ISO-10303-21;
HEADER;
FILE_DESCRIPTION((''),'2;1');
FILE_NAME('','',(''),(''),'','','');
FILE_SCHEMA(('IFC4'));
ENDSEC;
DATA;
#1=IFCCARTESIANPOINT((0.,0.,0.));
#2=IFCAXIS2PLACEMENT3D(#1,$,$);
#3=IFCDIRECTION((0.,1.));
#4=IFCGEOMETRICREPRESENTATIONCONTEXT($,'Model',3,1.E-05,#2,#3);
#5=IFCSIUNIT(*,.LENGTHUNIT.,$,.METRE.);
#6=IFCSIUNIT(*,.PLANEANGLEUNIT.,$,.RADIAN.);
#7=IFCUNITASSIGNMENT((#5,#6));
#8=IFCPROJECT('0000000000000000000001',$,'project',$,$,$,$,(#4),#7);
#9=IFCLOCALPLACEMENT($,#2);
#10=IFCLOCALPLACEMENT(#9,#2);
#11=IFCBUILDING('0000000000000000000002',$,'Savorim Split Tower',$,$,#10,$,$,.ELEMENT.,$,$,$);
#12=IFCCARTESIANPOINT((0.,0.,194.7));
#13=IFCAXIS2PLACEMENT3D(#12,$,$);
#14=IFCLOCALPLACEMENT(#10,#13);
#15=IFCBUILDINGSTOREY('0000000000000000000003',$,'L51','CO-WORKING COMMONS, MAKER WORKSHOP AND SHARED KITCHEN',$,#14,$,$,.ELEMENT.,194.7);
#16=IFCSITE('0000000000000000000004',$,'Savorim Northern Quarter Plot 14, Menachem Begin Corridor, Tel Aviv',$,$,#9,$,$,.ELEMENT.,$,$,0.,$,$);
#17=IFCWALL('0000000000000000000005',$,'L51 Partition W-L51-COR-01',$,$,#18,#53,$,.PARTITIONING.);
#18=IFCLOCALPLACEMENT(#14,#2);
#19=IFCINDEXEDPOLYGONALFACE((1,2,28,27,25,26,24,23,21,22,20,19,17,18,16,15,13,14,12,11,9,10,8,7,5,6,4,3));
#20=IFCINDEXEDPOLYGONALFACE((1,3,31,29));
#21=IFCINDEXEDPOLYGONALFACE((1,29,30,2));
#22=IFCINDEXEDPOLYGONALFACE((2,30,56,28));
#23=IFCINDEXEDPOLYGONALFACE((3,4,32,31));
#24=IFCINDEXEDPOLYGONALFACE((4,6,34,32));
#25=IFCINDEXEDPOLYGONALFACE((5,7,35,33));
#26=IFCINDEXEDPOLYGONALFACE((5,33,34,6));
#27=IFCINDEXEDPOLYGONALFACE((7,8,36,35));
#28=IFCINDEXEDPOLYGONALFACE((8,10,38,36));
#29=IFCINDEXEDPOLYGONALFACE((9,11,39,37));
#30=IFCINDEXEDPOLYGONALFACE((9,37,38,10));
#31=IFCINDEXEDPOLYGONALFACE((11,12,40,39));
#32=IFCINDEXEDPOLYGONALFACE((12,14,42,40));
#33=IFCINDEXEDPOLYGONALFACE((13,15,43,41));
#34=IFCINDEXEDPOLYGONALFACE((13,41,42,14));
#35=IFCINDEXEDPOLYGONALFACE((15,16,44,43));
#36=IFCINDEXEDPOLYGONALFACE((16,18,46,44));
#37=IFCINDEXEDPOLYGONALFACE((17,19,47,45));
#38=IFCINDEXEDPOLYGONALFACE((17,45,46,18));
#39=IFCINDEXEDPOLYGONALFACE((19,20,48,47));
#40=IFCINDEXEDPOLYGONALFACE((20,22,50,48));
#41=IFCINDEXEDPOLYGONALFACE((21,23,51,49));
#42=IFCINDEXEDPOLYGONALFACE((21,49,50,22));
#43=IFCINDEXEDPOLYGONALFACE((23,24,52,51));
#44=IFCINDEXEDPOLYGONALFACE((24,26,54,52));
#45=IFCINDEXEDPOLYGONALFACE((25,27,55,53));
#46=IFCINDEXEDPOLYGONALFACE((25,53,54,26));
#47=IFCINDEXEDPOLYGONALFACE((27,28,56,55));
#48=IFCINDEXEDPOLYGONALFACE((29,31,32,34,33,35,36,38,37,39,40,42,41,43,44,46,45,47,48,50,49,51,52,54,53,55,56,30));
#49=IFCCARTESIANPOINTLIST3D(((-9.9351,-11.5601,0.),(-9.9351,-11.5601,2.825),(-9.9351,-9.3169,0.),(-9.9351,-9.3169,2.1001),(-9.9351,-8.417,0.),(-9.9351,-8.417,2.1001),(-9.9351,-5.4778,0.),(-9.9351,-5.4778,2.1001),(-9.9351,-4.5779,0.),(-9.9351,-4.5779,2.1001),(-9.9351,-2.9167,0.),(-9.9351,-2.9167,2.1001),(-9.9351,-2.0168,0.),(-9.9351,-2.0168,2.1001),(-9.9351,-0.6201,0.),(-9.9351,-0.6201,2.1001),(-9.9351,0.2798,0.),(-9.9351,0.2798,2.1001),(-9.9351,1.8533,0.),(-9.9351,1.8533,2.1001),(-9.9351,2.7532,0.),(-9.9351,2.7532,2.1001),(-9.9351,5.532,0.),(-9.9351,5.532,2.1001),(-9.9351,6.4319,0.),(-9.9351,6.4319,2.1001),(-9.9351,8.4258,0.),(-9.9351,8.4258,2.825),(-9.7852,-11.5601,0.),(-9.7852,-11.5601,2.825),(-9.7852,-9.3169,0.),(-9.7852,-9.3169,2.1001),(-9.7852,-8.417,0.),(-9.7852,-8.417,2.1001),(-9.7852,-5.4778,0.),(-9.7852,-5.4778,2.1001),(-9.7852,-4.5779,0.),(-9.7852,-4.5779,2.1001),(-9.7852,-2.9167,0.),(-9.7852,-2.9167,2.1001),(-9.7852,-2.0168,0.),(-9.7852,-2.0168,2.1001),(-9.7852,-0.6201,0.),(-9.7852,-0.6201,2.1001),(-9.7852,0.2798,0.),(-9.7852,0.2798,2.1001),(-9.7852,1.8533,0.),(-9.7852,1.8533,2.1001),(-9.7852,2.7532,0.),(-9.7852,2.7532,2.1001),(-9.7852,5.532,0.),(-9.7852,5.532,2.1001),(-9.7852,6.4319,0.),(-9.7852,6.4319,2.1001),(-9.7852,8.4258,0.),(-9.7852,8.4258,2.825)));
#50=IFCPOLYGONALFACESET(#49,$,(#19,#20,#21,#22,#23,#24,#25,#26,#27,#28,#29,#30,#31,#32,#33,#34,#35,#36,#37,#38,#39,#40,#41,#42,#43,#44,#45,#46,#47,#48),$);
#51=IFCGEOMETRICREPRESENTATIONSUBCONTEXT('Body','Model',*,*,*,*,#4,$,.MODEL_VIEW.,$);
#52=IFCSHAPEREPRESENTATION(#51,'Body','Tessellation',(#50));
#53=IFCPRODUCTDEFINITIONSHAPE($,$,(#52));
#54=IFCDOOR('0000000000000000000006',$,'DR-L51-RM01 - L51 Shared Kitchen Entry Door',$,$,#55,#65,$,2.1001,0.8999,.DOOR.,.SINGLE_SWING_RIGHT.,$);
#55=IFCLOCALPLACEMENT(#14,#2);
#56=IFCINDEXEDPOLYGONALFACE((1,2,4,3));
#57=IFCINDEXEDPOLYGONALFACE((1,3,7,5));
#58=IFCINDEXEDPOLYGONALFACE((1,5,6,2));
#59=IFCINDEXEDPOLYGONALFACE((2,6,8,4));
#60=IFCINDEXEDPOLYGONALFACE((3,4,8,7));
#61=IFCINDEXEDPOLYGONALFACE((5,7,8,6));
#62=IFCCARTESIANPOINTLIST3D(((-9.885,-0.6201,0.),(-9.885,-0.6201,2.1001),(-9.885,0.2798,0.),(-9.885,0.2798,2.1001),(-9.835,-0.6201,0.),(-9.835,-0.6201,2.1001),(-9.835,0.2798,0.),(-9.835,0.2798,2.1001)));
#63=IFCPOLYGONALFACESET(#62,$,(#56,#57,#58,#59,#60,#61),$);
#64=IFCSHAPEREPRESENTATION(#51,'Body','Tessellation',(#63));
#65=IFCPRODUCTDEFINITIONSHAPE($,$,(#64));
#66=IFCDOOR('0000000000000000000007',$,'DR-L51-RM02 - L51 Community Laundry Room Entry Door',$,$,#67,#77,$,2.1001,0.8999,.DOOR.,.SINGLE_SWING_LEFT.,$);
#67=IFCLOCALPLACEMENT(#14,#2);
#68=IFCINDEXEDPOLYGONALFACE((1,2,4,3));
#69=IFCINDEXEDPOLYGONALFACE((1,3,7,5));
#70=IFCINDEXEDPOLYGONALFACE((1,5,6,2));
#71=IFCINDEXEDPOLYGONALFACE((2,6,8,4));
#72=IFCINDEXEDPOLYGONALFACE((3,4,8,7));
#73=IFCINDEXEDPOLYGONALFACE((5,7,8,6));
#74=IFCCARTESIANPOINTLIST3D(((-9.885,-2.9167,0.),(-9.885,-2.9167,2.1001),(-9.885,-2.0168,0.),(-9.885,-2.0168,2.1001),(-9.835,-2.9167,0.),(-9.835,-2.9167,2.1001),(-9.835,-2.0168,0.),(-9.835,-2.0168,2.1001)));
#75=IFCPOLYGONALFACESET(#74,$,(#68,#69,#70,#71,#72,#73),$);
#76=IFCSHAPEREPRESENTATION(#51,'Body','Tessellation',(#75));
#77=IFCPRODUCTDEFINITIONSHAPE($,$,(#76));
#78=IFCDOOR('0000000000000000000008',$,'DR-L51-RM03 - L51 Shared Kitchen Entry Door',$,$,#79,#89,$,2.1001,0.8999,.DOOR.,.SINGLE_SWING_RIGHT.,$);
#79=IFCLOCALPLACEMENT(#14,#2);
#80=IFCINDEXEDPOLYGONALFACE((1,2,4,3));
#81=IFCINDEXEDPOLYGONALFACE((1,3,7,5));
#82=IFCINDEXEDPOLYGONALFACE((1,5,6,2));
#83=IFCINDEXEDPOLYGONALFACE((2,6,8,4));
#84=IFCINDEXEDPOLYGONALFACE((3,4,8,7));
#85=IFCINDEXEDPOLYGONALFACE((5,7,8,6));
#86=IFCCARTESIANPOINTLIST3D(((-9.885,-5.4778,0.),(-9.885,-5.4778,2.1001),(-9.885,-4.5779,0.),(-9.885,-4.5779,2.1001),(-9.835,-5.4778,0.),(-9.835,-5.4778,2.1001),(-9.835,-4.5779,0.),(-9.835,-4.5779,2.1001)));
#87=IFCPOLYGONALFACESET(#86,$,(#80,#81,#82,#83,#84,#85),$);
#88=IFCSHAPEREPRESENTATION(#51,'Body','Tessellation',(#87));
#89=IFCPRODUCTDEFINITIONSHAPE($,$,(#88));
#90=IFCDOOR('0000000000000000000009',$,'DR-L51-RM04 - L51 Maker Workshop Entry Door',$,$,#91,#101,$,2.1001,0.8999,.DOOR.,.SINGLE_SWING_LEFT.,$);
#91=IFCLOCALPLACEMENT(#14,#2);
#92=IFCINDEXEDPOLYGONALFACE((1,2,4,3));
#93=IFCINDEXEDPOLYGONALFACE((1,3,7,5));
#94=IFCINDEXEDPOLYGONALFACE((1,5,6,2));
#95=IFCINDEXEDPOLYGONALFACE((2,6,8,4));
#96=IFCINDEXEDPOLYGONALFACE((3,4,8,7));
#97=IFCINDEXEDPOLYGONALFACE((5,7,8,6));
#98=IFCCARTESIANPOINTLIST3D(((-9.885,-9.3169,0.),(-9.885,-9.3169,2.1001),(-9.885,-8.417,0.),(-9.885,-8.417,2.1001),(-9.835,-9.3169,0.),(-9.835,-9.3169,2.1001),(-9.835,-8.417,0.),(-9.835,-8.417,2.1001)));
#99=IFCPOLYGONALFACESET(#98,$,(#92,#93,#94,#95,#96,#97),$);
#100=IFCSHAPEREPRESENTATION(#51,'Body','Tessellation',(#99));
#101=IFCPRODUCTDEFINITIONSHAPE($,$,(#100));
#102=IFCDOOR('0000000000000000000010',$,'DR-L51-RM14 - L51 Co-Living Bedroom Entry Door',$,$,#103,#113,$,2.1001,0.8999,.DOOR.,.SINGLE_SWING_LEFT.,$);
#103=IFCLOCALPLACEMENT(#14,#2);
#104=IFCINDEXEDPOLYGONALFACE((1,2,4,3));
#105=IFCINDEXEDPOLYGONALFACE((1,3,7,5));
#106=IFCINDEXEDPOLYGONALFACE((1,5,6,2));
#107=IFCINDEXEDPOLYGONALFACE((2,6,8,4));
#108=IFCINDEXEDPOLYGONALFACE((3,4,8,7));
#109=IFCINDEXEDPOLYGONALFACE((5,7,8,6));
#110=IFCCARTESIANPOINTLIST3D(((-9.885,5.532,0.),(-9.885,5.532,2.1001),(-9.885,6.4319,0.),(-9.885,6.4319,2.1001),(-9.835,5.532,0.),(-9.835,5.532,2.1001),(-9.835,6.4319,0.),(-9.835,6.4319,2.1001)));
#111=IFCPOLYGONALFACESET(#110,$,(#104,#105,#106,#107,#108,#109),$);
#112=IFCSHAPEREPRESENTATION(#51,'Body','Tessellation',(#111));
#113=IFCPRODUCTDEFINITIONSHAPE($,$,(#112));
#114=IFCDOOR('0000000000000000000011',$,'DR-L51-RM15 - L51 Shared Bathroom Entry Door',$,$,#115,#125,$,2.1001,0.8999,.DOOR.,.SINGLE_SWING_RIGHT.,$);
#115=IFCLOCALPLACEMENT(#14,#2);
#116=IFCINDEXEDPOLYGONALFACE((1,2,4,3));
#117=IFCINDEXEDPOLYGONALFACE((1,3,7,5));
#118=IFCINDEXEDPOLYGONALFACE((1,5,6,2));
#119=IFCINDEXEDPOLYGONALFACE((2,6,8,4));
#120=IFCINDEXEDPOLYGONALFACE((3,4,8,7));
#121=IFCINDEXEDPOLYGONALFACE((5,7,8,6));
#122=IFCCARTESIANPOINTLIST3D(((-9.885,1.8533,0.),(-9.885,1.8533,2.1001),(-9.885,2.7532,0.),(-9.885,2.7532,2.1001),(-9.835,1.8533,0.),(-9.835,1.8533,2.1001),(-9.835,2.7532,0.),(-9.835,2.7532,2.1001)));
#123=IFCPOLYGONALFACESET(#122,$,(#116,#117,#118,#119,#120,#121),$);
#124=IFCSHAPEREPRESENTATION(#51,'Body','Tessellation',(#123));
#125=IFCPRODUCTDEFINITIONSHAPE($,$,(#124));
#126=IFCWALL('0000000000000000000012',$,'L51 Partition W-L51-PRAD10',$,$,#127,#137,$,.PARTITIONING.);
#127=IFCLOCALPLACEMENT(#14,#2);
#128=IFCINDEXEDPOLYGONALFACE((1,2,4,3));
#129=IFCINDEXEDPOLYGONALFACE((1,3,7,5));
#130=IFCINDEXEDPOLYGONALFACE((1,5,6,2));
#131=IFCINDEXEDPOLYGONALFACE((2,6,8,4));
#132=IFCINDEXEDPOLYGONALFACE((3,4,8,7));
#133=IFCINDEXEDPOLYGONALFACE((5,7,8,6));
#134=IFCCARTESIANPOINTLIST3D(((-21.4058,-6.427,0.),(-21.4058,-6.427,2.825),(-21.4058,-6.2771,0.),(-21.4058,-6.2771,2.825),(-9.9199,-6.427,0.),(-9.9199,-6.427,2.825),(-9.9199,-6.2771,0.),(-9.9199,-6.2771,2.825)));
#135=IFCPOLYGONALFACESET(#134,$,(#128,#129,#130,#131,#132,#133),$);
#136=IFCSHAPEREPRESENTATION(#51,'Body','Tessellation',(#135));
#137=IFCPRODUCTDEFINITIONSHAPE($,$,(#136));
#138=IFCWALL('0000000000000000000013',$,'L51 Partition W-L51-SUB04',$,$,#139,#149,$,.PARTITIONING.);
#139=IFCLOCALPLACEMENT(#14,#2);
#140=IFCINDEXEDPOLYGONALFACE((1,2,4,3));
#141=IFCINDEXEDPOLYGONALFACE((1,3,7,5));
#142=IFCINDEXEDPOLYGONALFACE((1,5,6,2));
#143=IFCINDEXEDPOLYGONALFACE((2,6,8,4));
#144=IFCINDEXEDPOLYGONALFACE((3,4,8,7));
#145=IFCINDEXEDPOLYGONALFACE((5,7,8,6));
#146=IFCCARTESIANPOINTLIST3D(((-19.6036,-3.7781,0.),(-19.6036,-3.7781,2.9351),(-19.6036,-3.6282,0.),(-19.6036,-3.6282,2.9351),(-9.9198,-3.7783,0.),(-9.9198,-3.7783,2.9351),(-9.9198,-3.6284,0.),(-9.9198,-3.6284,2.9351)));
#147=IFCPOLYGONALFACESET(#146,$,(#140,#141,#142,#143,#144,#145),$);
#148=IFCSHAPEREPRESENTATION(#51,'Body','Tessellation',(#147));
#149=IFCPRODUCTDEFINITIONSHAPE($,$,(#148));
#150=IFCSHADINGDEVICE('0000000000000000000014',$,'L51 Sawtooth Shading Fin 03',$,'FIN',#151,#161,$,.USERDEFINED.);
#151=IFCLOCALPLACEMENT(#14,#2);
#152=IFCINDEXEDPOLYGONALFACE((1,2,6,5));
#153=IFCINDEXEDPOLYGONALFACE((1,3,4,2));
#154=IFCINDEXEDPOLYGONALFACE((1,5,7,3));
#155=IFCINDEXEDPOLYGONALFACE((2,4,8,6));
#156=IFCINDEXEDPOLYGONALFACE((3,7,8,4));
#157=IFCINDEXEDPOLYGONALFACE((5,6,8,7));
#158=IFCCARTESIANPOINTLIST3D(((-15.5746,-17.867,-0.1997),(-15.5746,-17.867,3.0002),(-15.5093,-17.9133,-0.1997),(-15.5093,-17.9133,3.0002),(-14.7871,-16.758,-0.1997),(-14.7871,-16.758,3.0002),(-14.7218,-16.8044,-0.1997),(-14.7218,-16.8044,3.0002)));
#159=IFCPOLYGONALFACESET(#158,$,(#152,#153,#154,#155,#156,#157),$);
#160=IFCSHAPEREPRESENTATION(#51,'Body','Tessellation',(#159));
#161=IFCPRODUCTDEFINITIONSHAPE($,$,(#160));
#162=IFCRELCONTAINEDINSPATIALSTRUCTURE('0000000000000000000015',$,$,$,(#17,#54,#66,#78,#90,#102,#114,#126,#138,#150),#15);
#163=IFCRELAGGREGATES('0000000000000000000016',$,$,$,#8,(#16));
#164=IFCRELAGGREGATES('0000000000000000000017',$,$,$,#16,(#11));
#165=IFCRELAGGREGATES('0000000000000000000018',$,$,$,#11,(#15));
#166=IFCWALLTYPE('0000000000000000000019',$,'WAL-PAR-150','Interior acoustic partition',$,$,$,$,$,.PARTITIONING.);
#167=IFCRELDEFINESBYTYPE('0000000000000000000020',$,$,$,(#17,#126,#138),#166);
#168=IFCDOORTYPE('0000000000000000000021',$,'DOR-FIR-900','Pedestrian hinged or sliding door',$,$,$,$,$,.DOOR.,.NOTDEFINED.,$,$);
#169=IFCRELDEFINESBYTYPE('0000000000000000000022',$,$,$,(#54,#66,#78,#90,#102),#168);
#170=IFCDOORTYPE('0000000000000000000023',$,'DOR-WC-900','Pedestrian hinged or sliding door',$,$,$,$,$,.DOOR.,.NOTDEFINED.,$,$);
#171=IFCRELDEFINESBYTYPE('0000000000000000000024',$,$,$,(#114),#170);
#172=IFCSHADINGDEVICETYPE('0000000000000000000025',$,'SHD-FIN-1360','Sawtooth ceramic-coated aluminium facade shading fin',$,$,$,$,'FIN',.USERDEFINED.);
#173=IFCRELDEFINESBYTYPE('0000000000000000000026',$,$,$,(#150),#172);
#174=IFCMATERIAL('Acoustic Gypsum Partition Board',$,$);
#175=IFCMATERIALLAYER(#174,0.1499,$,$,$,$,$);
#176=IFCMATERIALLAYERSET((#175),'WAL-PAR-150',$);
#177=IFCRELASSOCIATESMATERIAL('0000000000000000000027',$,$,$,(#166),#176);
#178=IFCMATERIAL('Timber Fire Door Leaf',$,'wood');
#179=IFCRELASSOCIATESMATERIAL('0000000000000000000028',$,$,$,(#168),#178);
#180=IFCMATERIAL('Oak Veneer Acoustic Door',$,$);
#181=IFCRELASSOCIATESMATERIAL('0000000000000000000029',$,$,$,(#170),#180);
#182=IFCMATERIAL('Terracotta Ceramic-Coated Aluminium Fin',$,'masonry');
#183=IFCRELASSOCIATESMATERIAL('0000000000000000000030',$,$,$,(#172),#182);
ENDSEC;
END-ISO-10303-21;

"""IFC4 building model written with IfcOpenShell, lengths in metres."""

from ifc_helpers import new_model, si_unit, direction, frame, frame_2d, origin, origin_2d, place, context, subcontext, project, spatial, rectangle, extrude, material, layer, layer_set, type_object, element, fill, save


model = new_model("IFC4")

# Units and contexts
model_context = context("Model", 3, precision=1e-05, world=origin(), true_north=direction((0.0, 1.0)))
body_context = subcontext(model_context, "Body", "Model", "MODEL_VIEW")
ifc_project = project(units=[si_unit("LENGTHUNIT", "METRE"), si_unit("PLANEANGLEUNIT", "RADIAN")], contexts=[model_context])

# Site, building, storey
site_placement = place(None, origin())
site = spatial("IfcSite", under=ifc_project, at=site_placement, Name="Savorim Northern Quarter Plot 14, Menachem Begin Corridor, Tel Aviv", CompositionType="ELEMENT", RefElevation=0.0)
building_placement = place(site_placement, origin())
building = spatial("IfcBuilding", under=site, at=building_placement, Name="Savorim Split Tower", CompositionType="ELEMENT")
storey_placement = place(building_placement, frame((0.0, 0.0, 194.7)))
storey = spatial("IfcBuildingStorey", under=building, at=storey_placement, Name="L51", Description="CO-WORKING COMMONS, MAKER WORKSHOP AND SHARED KITCHEN", CompositionType="ELEMENT", Elevation=194.7)

# Wall, openings, doors
ifc_material_1 = material(Name="Acoustic Gypsum Partition Board")
ifc_layer_1 = layer(ifc_material_1, 0.1499)
ifc_layer_set_1 = layer_set([ifc_layer_1], Name="WAL-PAR-150")
wall_type = type_object("IfcWallType", Name="WAL-PAR-150", Description="Interior acoustic partition", PredefinedType="PARTITIONING", material=ifc_layer_set_1)
wall_1_placement = place(storey_placement, frame((-9.8601, -11.5601, 0.0), z_axis=(0.0, 0.0, 1.0), x_axis=(0.0, 1.0, 0.0)))
wall_1 = element("IfcWall", 1, at=wall_1_placement, inside=storey, type_object=wall_type, Name="L51 Partition W-L51-COR-01", PredefinedType="PARTITIONING", context=body_context, shape_type="SweptSolid", body=[
    extrude(rectangle(XDim=19.9858, YDim=0.1499, at=frame_2d((9.9929, 0.0))), origin(), (0.0, 0.0, 1.0), 2.825),
])
opening_1_placement = place(wall_1_placement, frame((10.9399, 0.0, 0.0)))
opening_1 = element("IfcOpeningElement", 2, at=opening_1_placement, cuts=wall_1, PredefinedType="OPENING", context=body_context, shape_type="SweptSolid", body=[
    extrude(rectangle(XDim=0.8999, YDim=2.1001, at=frame_2d((0.45, 1.05))), frame((0.0, 0.085, 0.0), z_axis=(0.0, -1.0, 0.0), x_axis=(1.0, 0.0, 0.0)), (0.0, 0.0, 1.0), 0.1699),
])
opening_2_placement = place(wall_1_placement, frame((8.6433, 0.0, 0.0)))
opening_2 = element("IfcOpeningElement", 3, at=opening_2_placement, cuts=wall_1, PredefinedType="OPENING", context=body_context, shape_type="SweptSolid", body=[
    extrude(rectangle(XDim=0.8999, YDim=2.1001, at=frame_2d((0.45, 1.05))), frame((0.0, 0.085, 0.0), z_axis=(0.0, -1.0, 0.0), x_axis=(1.0, 0.0, 0.0)), (0.0, 0.0, 1.0), 0.1699),
])
opening_3_placement = place(wall_1_placement, frame((6.0823, 0.0, 0.0)))
opening_3 = element("IfcOpeningElement", 4, at=opening_3_placement, cuts=wall_1, PredefinedType="OPENING", context=body_context, shape_type="SweptSolid", body=[
    extrude(rectangle(XDim=0.8999, YDim=2.1001, at=frame_2d((0.45, 1.05))), frame((0.0, 0.085, 0.0), z_axis=(0.0, -1.0, 0.0), x_axis=(1.0, 0.0, 0.0)), (0.0, 0.0, 1.0), 0.1699),
])
opening_4_placement = place(wall_1_placement, frame((2.2432, 0.0, 0.0)))
opening_4 = element("IfcOpeningElement", 5, at=opening_4_placement, cuts=wall_1, PredefinedType="OPENING", context=body_context, shape_type="SweptSolid", body=[
    extrude(rectangle(XDim=0.8999, YDim=2.1001, at=frame_2d((0.45, 1.05))), frame((0.0, 0.085, 0.0), z_axis=(0.0, -1.0, 0.0), x_axis=(1.0, 0.0, 0.0)), (0.0, 0.0, 1.0), 0.1699),
])
opening_5_placement = place(wall_1_placement, frame((17.092, 0.0, 0.0)))
opening_5 = element("IfcOpeningElement", 6, at=opening_5_placement, cuts=wall_1, PredefinedType="OPENING", context=body_context, shape_type="SweptSolid", body=[
    extrude(rectangle(XDim=0.8999, YDim=2.1001, at=frame_2d((0.45, 1.05))), frame((0.0, 0.085, 0.0), z_axis=(0.0, -1.0, 0.0), x_axis=(1.0, 0.0, 0.0)), (0.0, 0.0, 1.0), 0.1699),
])
opening_6_placement = place(wall_1_placement, frame((13.4133, 0.0, 0.0)))
opening_6 = element("IfcOpeningElement", 7, at=opening_6_placement, cuts=wall_1, PredefinedType="OPENING", context=body_context, shape_type="SweptSolid", body=[
    extrude(rectangle(XDim=0.8999, YDim=2.1001, at=frame_2d((0.45, 1.05))), frame((0.0, 0.085, 0.0), z_axis=(0.0, -1.0, 0.0), x_axis=(1.0, 0.0, 0.0)), (0.0, 0.0, 1.0), 0.1699),
])
ifc_material_2 = material(Name="Timber Fire Door Leaf", Category="wood")
door_type_1 = type_object("IfcDoorType", Name="DOR-FIR-900", Description="Pedestrian hinged or sliding door", OperationType="NOTDEFINED", PredefinedType="DOOR", material=ifc_material_2)
door_1_placement = place(opening_1_placement, origin())
door_1 = element("IfcDoor", 8, at=door_1_placement, inside=storey, type_object=door_type_1, Name="DR-L51-RM01 - L51 Shared Kitchen Entry Door", OperationType="SINGLE_SWING_RIGHT", OverallHeight=2.1001, OverallWidth=0.8999, PredefinedType="DOOR", context=body_context, shape_type="SweptSolid", body=[
    extrude(rectangle(XDim=0.8999, YDim=2.1001, at=frame_2d((0.45, 1.05))), frame((0.0, 0.0249, 0.0), z_axis=(0.0, -1.0, 0.0), x_axis=(1.0, 0.0, 0.0)), (0.0, 0.0, 1.0), 0.05),
])
fill(opening_1, door_1)
door_2_placement = place(opening_2_placement, origin())
door_2 = element("IfcDoor", 9, at=door_2_placement, inside=storey, type_object=door_type_1, Name="DR-L51-RM02 - L51 Community Laundry Room Entry Door", OperationType="SINGLE_SWING_LEFT", OverallHeight=2.1001, OverallWidth=0.8999, PredefinedType="DOOR", context=body_context, shape_type="SweptSolid", body=[
    extrude(rectangle(XDim=0.8999, YDim=2.1001, at=frame_2d((0.45, 1.05))), frame((0.0, 0.0249, 0.0), z_axis=(0.0, -1.0, 0.0), x_axis=(1.0, 0.0, 0.0)), (0.0, 0.0, 1.0), 0.05),
])
fill(opening_2, door_2)
door_3_placement = place(opening_3_placement, origin())
door_3 = element("IfcDoor", 10, at=door_3_placement, inside=storey, type_object=door_type_1, Name="DR-L51-RM03 - L51 Shared Kitchen Entry Door", OperationType="SINGLE_SWING_RIGHT", OverallHeight=2.1001, OverallWidth=0.8999, PredefinedType="DOOR", context=body_context, shape_type="SweptSolid", body=[
    extrude(rectangle(XDim=0.8999, YDim=2.1001, at=frame_2d((0.45, 1.05))), frame((0.0, 0.0249, 0.0), z_axis=(0.0, -1.0, 0.0), x_axis=(1.0, 0.0, 0.0)), (0.0, 0.0, 1.0), 0.05),
])
fill(opening_3, door_3)
door_4_placement = place(opening_4_placement, origin())
door_4 = element("IfcDoor", 11, at=door_4_placement, inside=storey, type_object=door_type_1, Name="DR-L51-RM04 - L51 Maker Workshop Entry Door", OperationType="SINGLE_SWING_LEFT", OverallHeight=2.1001, OverallWidth=0.8999, PredefinedType="DOOR", context=body_context, shape_type="SweptSolid", body=[
    extrude(rectangle(XDim=0.8999, YDim=2.1001, at=frame_2d((0.45, 1.05))), frame((0.0, 0.0249, 0.0), z_axis=(0.0, -1.0, 0.0), x_axis=(1.0, 0.0, 0.0)), (0.0, 0.0, 1.0), 0.05),
])
fill(opening_4, door_4)
door_5_placement = place(opening_5_placement, origin())
door_5 = element("IfcDoor", 12, at=door_5_placement, inside=storey, type_object=door_type_1, Name="DR-L51-RM14 - L51 Co-Living Bedroom Entry Door", OperationType="SINGLE_SWING_LEFT", OverallHeight=2.1001, OverallWidth=0.8999, PredefinedType="DOOR", context=body_context, shape_type="SweptSolid", body=[
    extrude(rectangle(XDim=0.8999, YDim=2.1001, at=frame_2d((0.45, 1.05))), frame((0.0, 0.0249, 0.0), z_axis=(0.0, -1.0, 0.0), x_axis=(1.0, 0.0, 0.0)), (0.0, 0.0, 1.0), 0.05),
])
fill(opening_5, door_5)
ifc_material_3 = material(Name="Oak Veneer Acoustic Door")
door_type_2 = type_object("IfcDoorType", Name="DOR-WC-900", Description="Pedestrian hinged or sliding door", OperationType="NOTDEFINED", PredefinedType="DOOR", material=ifc_material_3)
door_6_placement = place(opening_6_placement, origin())
door_6 = element("IfcDoor", 13, at=door_6_placement, inside=storey, type_object=door_type_2, Name="DR-L51-RM15 - L51 Shared Bathroom Entry Door", OperationType="SINGLE_SWING_RIGHT", OverallHeight=2.1001, OverallWidth=0.8999, PredefinedType="DOOR", context=body_context, shape_type="SweptSolid", body=[
    extrude(rectangle(XDim=0.8999, YDim=2.1001, at=frame_2d((0.45, 1.05))), frame((0.0, 0.0249, 0.0), z_axis=(0.0, -1.0, 0.0), x_axis=(1.0, 0.0, 0.0)), (0.0, 0.0, 1.0), 0.05),
])
fill(opening_6, door_6)

# Walls
wall_2_placement = place(storey_placement, frame((-9.9199, -6.3521, 0.0), z_axis=(0.0, 0.0, 1.0), x_axis=(-1.0, 0.0, 0.0)))
element("IfcWall", 14, at=wall_2_placement, inside=storey, type_object=wall_type, Name="L51 Partition W-L51-PRAD10", PredefinedType="PARTITIONING", context=body_context, shape_type="SweptSolid", body=[
    extrude(rectangle(XDim=11.4858, YDim=0.1499, at=frame_2d((5.7429, 0.0))), origin(), (0.0, 0.0, 1.0), 2.825),
])
wall_3_placement = place(storey_placement, frame((-9.9199, -3.7034, 0.0), z_axis=(0.0, 0.0, 1.0), x_axis=(-1.0, 0.000025, 0.0)))
element("IfcWall", 15, at=wall_3_placement, inside=storey, type_object=wall_type, Name="L51 Partition W-L51-SUB04", PredefinedType="PARTITIONING", context=body_context, shape_type="SweptSolid", body=[
    extrude(rectangle(XDim=9.6838, YDim=0.1499, at=frame_2d((4.8418, 0.0))), origin(), (0.0, 0.0, 1.0), 2.9351),
])

# Shading device
ifc_material_4 = material(Name="Terracotta Ceramic-Coated Aluminium Fin", Category="masonry")
shading_device_type = type_object("IfcShadingDeviceType", Name="SHD-FIN-1360", Description="Sawtooth ceramic-coated aluminium facade shading fin", ElementType="FIN", PredefinedType="USERDEFINED", material=ifc_material_4)
for number, where, z_axis, x_axis, name in (
    (16, (-15.1482, -17.3357, -0.1997), (0.0, 0.0, 1.0), (-0.578994, -0.815332, 0.0), "L51 Sawtooth Shading Fin 03"),
):
    element("IfcShadingDevice", number, at=place(storey_placement, frame(where, z_axis=z_axis, x_axis=x_axis)), inside=storey, type_object=shading_device_type, Name=name, ObjectType="FIN", PredefinedType="USERDEFINED", context=body_context, shape_type="SweptSolid", body=[
        extrude(rectangle(XDim=1.3601, YDim=0.0801, at=origin_2d()), origin(), (0.0, 0.0, 1.0), 3.2),
    ])

save(model, "model.ifc")
